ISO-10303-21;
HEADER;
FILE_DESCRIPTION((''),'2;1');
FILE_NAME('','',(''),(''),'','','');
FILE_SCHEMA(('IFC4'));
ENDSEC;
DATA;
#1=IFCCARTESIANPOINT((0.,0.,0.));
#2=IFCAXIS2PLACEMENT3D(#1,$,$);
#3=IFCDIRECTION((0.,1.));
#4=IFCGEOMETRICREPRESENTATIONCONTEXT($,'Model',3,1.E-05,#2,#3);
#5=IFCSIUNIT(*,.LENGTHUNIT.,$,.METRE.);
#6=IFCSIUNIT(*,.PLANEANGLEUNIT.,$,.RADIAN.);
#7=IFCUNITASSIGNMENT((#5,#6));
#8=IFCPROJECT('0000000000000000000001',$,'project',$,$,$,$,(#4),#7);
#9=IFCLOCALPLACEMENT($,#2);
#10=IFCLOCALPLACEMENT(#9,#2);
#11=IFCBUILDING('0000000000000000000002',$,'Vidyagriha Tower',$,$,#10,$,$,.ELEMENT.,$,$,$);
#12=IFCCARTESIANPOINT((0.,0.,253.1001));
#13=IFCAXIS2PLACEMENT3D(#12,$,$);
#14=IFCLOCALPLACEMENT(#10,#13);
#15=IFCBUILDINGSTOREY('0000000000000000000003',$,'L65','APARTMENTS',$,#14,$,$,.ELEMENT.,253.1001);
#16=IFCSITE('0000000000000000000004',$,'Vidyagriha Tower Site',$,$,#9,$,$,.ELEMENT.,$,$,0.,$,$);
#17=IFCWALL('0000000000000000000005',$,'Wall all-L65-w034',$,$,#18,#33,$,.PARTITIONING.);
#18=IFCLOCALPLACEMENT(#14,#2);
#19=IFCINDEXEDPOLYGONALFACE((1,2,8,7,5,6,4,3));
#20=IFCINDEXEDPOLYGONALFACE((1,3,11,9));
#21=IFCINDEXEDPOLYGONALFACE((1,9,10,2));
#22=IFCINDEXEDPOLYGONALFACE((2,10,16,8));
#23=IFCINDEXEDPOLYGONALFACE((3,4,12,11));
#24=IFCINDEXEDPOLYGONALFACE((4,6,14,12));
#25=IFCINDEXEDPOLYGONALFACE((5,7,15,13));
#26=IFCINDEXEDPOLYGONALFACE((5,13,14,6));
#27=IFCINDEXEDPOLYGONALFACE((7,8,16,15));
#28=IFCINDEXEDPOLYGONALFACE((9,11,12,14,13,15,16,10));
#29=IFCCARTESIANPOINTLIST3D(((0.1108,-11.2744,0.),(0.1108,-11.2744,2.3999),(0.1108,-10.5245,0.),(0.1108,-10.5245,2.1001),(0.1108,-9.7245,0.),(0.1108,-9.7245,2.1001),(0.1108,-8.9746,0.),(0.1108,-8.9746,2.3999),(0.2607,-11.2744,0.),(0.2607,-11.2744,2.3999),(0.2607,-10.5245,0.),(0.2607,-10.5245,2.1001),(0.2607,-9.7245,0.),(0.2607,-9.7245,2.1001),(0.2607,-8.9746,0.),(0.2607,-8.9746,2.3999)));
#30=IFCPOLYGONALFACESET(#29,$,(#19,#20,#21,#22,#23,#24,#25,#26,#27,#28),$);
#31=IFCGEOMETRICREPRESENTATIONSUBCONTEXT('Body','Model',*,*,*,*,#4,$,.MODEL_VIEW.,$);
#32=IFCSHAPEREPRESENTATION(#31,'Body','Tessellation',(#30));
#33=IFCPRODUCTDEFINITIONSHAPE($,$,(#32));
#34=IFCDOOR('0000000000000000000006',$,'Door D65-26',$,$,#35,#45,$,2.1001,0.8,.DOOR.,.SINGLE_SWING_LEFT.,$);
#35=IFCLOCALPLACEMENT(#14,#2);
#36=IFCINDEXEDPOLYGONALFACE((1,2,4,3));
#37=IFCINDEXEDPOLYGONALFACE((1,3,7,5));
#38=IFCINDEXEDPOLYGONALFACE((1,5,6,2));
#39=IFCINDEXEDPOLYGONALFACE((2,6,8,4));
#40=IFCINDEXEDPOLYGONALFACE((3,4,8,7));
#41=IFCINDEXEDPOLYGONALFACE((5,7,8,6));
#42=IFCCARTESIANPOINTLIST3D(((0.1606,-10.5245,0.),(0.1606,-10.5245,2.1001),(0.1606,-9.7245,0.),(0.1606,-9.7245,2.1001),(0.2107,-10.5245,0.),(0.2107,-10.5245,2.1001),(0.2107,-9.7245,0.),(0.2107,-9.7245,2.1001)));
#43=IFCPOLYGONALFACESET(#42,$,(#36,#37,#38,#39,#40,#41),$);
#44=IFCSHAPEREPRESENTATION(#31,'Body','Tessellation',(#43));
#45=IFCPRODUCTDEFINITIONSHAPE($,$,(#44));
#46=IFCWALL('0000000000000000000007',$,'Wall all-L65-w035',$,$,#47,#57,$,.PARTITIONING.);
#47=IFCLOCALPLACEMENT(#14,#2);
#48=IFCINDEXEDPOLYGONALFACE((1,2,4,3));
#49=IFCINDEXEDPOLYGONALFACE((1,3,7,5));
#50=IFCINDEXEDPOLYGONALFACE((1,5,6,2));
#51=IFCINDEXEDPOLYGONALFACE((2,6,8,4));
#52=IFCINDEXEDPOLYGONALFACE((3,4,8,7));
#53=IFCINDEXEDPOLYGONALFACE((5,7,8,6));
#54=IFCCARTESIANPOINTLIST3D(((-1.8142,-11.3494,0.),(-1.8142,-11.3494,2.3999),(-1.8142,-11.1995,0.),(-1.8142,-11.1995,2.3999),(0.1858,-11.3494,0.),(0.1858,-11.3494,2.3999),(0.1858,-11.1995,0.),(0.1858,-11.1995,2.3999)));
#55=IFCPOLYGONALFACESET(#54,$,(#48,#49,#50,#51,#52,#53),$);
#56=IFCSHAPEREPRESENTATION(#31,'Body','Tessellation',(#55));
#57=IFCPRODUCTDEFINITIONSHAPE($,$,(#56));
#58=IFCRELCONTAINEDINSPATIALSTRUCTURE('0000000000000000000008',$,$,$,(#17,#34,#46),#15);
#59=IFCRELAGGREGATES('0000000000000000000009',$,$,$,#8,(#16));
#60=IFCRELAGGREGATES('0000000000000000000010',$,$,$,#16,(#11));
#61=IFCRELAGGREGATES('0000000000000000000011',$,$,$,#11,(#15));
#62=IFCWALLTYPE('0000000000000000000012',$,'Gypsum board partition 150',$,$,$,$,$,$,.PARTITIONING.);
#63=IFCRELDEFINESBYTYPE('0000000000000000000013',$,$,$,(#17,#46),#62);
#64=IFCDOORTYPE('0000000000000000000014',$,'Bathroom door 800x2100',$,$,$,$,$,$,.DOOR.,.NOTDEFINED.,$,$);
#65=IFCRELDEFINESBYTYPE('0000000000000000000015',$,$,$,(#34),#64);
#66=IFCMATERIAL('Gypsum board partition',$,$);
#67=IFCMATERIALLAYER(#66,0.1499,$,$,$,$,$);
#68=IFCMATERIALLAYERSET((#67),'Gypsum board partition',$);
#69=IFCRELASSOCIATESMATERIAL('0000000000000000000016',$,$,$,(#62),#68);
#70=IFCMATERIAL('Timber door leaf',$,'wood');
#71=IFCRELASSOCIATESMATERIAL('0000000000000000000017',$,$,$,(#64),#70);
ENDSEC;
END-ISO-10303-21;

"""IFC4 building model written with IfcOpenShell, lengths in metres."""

from ifc_helpers import new_model, si_unit, direction, frame, frame_2d, origin, place, context, subcontext, project, spatial, rectangle, extrude, material, layer, layer_set, type_object, element, fill, save


model = new_model("IFC4")

# Units and contexts
model_context = context("Model", 3, precision=1e-05, world=origin(), true_north=direction((0.0, 1.0)))
body_context = subcontext(model_context, "Body", "Model", "MODEL_VIEW")
ifc_project = project(units=[si_unit("LENGTHUNIT", "METRE"), si_unit("PLANEANGLEUNIT", "RADIAN")], contexts=[model_context])

# Site, building, storey
site_placement = place(None, origin())
site = spatial("IfcSite", under=ifc_project, at=site_placement, Name="Vidyagriha Tower Site", CompositionType="ELEMENT", RefElevation=0.0)
building_placement = place(site_placement, origin())
building = spatial("IfcBuilding", under=site, at=building_placement, Name="Vidyagriha Tower", CompositionType="ELEMENT")
storey_placement = place(building_placement, frame((0.0, 0.0, 253.1001)))
storey = spatial("IfcBuildingStorey", under=building, at=storey_placement, Name="L65", Description="APARTMENTS", CompositionType="ELEMENT", Elevation=253.1001)

# Shared definitions
ifc_material_1 = material(Name="Gypsum board partition")
ifc_layer_1 = layer(ifc_material_1, 0.1499)
ifc_layer_set_1 = layer_set([ifc_layer_1], Name="Gypsum board partition")
wall_type_1 = type_object("IfcWallType", Name="Gypsum board partition 150", PredefinedType="PARTITIONING", material=ifc_layer_set_1)

# Wall, opening, door
wall_1_placement = place(storey_placement, frame((0.1858, -8.9746, 0.0), z_axis=(0.0, 0.0, 1.0), x_axis=(0.0, -1.0, 0.0)))
wall_1 = element("IfcWall", 1, at=wall_1_placement, inside=storey, type_object=wall_type_1, Name="Wall all-L65-w034", PredefinedType="PARTITIONING", context=body_context, shape_type="SweptSolid", body=[
    extrude(rectangle(XDim=2.2998, YDim=0.1499, at=frame_2d((1.1499, 0.0))), origin(), (0.0, 0.0, 1.0), 2.3999),
])
opening_1_placement = place(wall_1_placement, frame((0.75, 0.0, 0.0)))
opening_1 = element("IfcOpeningElement", 2, at=opening_1_placement, cuts=wall_1, PredefinedType="OPENING", context=body_context, shape_type="SweptSolid", body=[
    extrude(rectangle(XDim=0.8, YDim=2.1001, at=frame_2d((0.3999, 1.05))), frame((0.0, 0.085, 0.0), z_axis=(0.0, -1.0, 0.0), x_axis=(1.0, 0.0, 0.0)), (0.0, 0.0, 1.0), 0.1699),
])
ifc_material_2 = material(Name="Timber door leaf", Category="wood")
door_type_1 = type_object("IfcDoorType", Name="Bathroom door 800x2100", OperationType="NOTDEFINED", PredefinedType="DOOR", material=ifc_material_2)
door_1_placement = place(opening_1_placement, origin())
door_1 = element("IfcDoor", 3, at=door_1_placement, inside=storey, type_object=door_type_1, Name="Door D65-26", OperationType="SINGLE_SWING_LEFT", OverallHeight=2.1001, OverallWidth=0.8, PredefinedType="DOOR", context=body_context, shape_type="SweptSolid", body=[
    extrude(rectangle(XDim=0.8, YDim=2.1001, at=frame_2d((0.3999, 1.05))), frame((0.0, 0.0249, 0.0), z_axis=(0.0, -1.0, 0.0), x_axis=(1.0, 0.0, 0.0)), (0.0, 0.0, 1.0), 0.05),
])
fill(opening_1, door_1)

# Wall
wall_2_placement = place(storey_placement, frame((0.1858, -11.2744, 0.0), z_axis=(0.0, 0.0, 1.0), x_axis=(-1.0, 0.0, 0.0)))
element("IfcWall", 4, at=wall_2_placement, inside=storey, type_object=wall_type_1, Name="Wall all-L65-w035", PredefinedType="PARTITIONING", context=body_context, shape_type="SweptSolid", body=[
    extrude(rectangle(XDim=2.0, YDim=0.1499, at=frame_2d((1.0, 0.0))), origin(), (0.0, 0.0, 1.0), 2.3999),
])

save(model, "model.ifc")
